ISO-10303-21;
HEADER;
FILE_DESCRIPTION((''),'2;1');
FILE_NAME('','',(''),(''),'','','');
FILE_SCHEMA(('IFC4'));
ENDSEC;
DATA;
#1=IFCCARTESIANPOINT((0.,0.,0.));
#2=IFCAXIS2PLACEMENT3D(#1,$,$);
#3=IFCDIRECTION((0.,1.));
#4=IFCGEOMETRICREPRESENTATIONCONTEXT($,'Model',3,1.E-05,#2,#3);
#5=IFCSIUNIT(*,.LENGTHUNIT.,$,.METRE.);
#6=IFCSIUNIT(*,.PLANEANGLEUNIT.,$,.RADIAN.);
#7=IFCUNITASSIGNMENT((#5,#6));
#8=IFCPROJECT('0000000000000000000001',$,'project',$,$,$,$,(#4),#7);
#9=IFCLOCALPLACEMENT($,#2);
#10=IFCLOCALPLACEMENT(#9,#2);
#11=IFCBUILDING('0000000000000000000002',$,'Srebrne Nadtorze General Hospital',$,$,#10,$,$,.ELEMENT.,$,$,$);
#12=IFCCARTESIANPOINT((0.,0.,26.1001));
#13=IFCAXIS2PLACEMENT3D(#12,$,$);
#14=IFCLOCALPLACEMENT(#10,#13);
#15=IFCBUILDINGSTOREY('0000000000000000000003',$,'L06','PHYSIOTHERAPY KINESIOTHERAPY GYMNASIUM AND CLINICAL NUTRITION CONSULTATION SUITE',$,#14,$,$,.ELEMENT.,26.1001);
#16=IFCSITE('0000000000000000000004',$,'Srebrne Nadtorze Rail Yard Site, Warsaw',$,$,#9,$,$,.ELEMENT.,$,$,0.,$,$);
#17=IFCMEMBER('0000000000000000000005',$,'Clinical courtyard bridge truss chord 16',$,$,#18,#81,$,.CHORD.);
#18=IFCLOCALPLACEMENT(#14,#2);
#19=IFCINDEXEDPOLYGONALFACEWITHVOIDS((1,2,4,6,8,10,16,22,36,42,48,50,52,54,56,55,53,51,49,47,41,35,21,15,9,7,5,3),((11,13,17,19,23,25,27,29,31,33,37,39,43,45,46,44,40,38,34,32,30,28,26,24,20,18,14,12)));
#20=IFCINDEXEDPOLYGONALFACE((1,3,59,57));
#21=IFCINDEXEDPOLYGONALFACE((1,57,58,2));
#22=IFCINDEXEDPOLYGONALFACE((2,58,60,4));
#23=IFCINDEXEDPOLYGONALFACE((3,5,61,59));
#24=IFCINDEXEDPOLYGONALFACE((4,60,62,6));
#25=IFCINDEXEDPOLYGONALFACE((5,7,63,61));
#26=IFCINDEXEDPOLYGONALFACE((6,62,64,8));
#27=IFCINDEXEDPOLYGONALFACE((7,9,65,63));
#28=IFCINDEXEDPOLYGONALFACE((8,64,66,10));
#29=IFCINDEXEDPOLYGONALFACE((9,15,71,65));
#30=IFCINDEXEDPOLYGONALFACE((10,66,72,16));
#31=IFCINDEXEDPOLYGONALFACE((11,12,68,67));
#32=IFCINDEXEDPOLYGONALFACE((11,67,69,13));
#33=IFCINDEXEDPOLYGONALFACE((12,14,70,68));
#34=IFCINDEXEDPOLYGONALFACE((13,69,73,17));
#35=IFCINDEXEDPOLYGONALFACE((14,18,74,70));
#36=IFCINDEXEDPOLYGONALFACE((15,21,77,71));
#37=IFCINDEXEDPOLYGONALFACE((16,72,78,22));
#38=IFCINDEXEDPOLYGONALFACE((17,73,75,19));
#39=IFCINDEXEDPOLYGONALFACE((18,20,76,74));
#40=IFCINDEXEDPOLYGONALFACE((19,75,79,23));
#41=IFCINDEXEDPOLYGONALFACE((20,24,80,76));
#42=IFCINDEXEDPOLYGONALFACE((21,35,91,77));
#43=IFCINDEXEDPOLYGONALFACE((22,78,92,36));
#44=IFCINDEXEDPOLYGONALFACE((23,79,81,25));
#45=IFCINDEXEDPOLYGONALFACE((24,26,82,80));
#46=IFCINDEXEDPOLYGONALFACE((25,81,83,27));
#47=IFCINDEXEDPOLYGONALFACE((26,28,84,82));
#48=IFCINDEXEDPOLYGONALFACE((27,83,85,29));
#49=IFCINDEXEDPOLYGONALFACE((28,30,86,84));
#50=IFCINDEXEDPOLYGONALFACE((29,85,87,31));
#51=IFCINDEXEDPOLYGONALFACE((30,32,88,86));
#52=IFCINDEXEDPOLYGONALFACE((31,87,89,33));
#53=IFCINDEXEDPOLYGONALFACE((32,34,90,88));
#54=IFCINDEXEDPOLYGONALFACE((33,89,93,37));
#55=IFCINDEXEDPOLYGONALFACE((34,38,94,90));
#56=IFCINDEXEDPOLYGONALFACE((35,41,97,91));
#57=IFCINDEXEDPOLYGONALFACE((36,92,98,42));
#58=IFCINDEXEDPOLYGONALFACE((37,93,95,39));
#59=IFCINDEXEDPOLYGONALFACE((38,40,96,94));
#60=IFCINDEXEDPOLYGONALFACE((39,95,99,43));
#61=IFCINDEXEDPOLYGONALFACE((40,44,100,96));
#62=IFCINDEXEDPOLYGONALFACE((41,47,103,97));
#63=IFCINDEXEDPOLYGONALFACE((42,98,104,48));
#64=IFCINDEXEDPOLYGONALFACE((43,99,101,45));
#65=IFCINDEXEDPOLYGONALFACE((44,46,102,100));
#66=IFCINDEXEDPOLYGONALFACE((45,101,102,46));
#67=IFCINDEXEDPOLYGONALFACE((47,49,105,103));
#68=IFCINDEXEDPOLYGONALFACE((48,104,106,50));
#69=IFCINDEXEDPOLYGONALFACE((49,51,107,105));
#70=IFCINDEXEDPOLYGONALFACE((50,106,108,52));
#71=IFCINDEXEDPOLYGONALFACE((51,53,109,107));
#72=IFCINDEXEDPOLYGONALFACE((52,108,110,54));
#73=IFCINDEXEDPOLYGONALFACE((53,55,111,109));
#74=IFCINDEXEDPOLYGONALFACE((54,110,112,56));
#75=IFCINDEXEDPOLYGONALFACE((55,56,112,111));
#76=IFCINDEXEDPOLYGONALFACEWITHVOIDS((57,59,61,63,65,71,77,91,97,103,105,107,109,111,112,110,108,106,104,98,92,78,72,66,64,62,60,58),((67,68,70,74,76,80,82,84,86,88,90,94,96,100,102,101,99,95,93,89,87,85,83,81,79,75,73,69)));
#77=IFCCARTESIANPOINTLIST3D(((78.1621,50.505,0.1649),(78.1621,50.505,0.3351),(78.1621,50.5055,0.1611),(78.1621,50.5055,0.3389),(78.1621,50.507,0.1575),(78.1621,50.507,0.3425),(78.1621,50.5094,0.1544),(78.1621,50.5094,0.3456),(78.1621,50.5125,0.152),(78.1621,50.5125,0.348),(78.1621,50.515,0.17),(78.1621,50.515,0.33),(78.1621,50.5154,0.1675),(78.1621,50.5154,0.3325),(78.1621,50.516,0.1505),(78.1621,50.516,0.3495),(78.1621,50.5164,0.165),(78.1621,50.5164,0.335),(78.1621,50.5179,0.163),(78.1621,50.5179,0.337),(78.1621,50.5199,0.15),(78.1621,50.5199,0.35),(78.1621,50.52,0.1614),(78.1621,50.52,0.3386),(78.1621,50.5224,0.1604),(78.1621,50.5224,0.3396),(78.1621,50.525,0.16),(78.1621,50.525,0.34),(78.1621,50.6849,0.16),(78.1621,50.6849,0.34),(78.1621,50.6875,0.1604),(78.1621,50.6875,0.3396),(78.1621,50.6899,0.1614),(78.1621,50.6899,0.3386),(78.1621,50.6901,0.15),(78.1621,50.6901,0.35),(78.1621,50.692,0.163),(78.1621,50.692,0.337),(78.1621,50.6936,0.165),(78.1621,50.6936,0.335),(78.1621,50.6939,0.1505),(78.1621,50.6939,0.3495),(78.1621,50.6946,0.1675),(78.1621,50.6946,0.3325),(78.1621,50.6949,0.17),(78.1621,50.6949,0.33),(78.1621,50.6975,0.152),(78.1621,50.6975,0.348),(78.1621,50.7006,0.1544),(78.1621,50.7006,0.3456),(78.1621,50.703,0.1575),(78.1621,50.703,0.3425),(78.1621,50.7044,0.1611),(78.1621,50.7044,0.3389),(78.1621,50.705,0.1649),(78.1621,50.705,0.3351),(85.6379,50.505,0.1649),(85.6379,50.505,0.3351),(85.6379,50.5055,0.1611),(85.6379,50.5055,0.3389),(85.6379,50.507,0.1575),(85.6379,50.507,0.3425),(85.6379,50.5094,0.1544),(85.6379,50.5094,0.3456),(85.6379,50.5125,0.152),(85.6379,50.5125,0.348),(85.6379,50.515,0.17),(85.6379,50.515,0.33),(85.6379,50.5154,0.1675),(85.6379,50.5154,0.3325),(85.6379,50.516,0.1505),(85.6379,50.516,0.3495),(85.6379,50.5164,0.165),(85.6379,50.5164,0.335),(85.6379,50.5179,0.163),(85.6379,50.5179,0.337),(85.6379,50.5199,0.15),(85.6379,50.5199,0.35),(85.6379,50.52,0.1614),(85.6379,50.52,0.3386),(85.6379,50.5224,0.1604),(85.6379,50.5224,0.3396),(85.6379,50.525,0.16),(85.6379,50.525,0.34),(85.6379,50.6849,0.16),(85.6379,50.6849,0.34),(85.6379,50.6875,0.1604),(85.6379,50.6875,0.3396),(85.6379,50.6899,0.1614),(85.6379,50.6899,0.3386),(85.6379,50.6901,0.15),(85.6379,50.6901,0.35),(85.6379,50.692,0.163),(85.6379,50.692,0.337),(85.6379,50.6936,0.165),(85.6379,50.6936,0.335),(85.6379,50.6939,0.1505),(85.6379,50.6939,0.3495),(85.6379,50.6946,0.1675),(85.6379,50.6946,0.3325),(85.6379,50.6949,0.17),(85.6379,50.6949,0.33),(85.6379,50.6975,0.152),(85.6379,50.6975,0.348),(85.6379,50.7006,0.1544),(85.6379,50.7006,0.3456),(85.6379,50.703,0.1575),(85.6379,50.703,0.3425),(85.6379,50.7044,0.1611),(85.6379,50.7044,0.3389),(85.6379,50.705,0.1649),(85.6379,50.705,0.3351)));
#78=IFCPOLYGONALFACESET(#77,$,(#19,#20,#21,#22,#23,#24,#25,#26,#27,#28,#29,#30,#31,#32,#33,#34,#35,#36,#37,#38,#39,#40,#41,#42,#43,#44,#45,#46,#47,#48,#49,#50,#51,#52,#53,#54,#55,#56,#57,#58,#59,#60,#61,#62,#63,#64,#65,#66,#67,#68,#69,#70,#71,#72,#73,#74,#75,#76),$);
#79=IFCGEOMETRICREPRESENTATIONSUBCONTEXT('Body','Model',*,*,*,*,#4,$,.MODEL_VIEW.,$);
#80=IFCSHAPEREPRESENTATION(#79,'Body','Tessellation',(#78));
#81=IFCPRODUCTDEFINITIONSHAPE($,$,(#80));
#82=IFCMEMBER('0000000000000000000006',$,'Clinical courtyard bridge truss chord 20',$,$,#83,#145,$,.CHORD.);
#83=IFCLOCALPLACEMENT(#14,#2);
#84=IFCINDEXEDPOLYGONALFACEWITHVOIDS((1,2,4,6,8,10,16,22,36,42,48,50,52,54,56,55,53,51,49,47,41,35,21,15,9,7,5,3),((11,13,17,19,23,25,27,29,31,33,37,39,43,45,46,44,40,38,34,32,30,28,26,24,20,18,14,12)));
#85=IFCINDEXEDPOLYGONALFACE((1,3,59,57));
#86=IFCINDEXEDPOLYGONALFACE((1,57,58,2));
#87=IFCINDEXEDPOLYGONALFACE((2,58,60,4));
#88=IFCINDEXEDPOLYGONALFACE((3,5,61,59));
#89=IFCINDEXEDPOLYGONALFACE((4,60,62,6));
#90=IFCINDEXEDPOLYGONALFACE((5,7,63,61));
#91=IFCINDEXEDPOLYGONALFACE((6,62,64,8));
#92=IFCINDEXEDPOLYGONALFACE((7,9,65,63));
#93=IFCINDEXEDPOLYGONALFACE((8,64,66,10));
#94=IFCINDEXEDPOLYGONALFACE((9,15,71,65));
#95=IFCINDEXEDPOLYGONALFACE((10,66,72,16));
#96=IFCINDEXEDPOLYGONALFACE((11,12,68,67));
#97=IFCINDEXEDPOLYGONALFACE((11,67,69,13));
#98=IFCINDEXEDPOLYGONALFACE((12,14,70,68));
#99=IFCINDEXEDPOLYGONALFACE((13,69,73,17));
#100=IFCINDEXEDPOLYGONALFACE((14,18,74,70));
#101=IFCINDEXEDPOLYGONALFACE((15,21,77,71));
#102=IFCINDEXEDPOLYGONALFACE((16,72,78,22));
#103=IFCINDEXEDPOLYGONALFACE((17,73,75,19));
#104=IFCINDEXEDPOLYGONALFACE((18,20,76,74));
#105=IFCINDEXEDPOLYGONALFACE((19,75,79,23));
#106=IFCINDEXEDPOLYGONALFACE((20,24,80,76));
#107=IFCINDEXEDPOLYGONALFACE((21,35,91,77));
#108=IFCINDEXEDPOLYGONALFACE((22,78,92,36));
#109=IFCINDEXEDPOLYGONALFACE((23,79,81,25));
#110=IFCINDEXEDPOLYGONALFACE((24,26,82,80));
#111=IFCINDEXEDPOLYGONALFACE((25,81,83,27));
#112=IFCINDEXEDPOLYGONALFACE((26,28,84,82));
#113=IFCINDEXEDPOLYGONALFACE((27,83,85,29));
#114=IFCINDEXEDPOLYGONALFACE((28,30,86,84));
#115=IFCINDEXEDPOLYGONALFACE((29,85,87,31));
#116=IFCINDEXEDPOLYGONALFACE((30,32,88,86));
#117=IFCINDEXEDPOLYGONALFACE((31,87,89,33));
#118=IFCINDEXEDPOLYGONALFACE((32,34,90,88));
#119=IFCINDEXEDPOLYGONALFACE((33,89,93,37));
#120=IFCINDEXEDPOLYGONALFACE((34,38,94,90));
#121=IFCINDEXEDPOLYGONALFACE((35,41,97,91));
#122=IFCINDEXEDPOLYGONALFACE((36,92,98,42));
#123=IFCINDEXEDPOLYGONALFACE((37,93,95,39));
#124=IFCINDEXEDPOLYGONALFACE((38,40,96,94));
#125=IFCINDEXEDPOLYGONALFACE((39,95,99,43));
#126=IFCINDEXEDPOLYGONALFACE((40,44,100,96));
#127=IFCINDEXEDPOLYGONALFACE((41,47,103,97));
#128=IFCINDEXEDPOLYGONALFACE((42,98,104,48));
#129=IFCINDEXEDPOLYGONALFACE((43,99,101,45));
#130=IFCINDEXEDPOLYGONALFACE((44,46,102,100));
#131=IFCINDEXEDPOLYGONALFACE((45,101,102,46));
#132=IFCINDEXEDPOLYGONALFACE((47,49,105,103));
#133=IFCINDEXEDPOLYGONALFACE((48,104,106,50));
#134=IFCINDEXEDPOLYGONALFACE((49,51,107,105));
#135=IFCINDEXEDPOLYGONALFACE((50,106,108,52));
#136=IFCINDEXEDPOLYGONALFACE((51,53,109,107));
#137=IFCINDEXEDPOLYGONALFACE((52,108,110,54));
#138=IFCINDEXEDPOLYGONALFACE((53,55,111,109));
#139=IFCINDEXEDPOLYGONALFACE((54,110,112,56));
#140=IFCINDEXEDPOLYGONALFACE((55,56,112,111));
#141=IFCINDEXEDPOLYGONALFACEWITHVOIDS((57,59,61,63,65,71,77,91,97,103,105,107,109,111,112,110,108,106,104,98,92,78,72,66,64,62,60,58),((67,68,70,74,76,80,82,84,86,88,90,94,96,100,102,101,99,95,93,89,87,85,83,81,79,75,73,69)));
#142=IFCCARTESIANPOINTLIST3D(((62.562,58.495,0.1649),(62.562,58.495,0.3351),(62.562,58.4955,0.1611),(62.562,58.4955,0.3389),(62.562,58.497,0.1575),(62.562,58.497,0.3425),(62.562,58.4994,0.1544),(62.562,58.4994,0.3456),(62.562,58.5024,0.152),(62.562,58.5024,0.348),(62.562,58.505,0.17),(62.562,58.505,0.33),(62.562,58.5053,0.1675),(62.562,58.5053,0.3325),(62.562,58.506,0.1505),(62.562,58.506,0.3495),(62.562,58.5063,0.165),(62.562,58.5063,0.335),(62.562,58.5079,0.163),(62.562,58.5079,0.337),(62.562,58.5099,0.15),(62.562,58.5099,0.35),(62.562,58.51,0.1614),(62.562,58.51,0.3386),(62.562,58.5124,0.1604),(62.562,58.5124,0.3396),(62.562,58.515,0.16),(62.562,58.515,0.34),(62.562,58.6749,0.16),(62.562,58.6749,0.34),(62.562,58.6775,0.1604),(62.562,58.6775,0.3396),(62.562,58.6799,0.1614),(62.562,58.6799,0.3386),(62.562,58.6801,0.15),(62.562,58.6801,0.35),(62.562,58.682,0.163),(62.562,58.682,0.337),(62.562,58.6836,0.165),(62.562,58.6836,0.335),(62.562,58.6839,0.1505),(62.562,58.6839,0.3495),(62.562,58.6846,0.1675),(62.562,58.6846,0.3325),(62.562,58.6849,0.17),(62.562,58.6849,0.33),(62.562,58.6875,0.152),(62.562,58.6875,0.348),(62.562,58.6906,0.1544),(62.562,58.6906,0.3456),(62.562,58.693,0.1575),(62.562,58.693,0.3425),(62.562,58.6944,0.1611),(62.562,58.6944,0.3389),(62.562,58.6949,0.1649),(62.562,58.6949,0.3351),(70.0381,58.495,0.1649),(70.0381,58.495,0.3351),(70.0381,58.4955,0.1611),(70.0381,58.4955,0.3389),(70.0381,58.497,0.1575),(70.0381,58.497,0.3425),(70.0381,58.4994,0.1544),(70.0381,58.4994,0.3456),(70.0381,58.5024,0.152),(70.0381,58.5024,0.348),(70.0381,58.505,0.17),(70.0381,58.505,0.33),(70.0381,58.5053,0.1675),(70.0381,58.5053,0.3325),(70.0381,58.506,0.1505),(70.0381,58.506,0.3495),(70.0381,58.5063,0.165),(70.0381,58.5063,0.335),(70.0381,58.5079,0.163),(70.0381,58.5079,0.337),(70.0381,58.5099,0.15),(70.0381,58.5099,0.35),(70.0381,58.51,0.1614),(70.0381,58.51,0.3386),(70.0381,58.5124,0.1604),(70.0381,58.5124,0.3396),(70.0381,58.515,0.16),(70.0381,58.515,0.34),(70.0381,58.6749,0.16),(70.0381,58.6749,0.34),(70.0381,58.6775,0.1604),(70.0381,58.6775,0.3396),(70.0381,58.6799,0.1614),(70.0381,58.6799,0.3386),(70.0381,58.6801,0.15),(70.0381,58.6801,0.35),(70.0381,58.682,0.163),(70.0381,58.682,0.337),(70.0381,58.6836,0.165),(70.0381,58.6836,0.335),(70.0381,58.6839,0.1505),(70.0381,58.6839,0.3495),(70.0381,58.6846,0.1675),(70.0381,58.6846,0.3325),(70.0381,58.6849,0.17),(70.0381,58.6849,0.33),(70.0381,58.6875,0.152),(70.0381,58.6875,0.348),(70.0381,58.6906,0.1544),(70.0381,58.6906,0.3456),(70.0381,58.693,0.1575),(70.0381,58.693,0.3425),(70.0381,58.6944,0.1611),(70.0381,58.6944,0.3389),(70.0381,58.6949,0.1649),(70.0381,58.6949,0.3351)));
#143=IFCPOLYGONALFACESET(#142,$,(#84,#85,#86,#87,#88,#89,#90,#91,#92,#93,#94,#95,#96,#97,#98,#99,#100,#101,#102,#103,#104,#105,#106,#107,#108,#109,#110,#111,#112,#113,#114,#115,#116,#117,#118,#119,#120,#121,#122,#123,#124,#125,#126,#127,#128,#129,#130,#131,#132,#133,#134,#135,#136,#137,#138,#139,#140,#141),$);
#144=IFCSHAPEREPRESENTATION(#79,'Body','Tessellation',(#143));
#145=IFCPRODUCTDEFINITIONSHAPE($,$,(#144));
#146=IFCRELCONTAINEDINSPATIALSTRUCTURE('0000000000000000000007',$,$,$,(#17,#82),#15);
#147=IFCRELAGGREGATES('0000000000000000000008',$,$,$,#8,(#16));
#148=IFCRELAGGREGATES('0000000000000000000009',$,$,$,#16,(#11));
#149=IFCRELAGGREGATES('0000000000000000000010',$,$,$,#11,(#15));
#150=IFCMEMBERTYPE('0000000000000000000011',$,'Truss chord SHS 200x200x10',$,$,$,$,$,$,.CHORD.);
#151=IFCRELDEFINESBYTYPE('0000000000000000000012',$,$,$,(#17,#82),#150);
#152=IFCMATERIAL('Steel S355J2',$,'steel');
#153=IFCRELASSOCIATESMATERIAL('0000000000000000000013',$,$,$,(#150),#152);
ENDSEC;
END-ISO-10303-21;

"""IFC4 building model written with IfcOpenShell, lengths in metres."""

from ifc_helpers import new_model, si_unit, direction, frame, origin, origin_2d, place, context, subcontext, project, spatial, hollow_rectangle, extrude, material, material_profile, profile_set, type_object, element, save


model = new_model("IFC4")

# Units and contexts
model_context = context("Model", 3, precision=1e-05, world=origin(), true_north=direction((0.0, 1.0)))
body_context = subcontext(model_context, "Body", "Model", "MODEL_VIEW")
ifc_project = project(units=[si_unit("LENGTHUNIT", "METRE"), si_unit("PLANEANGLEUNIT", "RADIAN")], contexts=[model_context])

# Site, building, storey
site_placement = place(None, origin())
site = spatial("IfcSite", under=ifc_project, at=site_placement, Name="Srebrne Nadtorze Rail Yard Site, Warsaw", CompositionType="ELEMENT", RefElevation=0.0)
building_placement = place(site_placement, origin())
building = spatial("IfcBuilding", under=site, at=building_placement, Name="Srebrne Nadtorze General Hospital", CompositionType="ELEMENT")
storey_placement = place(building_placement, frame((0.0, 0.0, 26.1001)))
storey = spatial("IfcBuildingStorey", under=building, at=storey_placement, Name="L06", Description="PHYSIOTHERAPY KINESIOTHERAPY GYMNASIUM AND CLINICAL NUTRITION CONSULTATION SUITE", CompositionType="ELEMENT", Elevation=26.1001)

# Members
ifc_material_1 = material(Name="Steel S355J2", Category="steel")
ifc_material_profile_1 = material_profile(ifc_material_1, hollow_rectangle(XDim=0.2, YDim=0.2, WallThickness=0.01, InnerFilletRadius=0.01, OuterFilletRadius=0.0149, at=origin_2d()), Name="SHS-200x200x10")
ifc_profile_set_1 = profile_set([ifc_material_profile_1], Name="Steel S355J2")
member_type_1 = type_object("IfcMemberType", Name="Truss chord SHS 200x200x10", PredefinedType="CHORD", material=ifc_profile_set_1)
for number, where, z_axis, x_axis, name in (
    (1, (78.1621, 50.605, 0.25), (1.0, 0.0, 0.0), (0.0, 1.0, 0.0), "Clinical courtyard bridge truss chord 16"),
):
    element("IfcMember", number, at=place(storey_placement, frame(where, z_axis=z_axis, x_axis=x_axis)), inside=storey, type_object=member_type_1, Name=name, PredefinedType="CHORD", context=body_context, shape_type="SweptSolid", body=[
        extrude(hollow_rectangle(XDim=0.2, YDim=0.2, WallThickness=0.01, InnerFilletRadius=0.01, OuterFilletRadius=0.0149, at=origin_2d()), origin(), (0.0, 0.0, 1.0), 7.4758),
    ])
member_1_placement = place(storey_placement, frame((62.562, 58.595, 0.25), z_axis=(1.0, 0.0, 0.0), x_axis=(0.0, 1.0, 0.0)))
element("IfcMember", 2, at=member_1_placement, inside=storey, type_object=member_type_1, Name="Clinical courtyard bridge truss chord 20", PredefinedType="CHORD", context=body_context, shape_type="SweptSolid", body=[
    extrude(hollow_rectangle(XDim=0.2, YDim=0.2, WallThickness=0.01, InnerFilletRadius=0.01, OuterFilletRadius=0.0149, at=origin_2d()), origin(), (0.0, 0.0, 1.0), 7.4761),
])

save(model, "model.ifc")
